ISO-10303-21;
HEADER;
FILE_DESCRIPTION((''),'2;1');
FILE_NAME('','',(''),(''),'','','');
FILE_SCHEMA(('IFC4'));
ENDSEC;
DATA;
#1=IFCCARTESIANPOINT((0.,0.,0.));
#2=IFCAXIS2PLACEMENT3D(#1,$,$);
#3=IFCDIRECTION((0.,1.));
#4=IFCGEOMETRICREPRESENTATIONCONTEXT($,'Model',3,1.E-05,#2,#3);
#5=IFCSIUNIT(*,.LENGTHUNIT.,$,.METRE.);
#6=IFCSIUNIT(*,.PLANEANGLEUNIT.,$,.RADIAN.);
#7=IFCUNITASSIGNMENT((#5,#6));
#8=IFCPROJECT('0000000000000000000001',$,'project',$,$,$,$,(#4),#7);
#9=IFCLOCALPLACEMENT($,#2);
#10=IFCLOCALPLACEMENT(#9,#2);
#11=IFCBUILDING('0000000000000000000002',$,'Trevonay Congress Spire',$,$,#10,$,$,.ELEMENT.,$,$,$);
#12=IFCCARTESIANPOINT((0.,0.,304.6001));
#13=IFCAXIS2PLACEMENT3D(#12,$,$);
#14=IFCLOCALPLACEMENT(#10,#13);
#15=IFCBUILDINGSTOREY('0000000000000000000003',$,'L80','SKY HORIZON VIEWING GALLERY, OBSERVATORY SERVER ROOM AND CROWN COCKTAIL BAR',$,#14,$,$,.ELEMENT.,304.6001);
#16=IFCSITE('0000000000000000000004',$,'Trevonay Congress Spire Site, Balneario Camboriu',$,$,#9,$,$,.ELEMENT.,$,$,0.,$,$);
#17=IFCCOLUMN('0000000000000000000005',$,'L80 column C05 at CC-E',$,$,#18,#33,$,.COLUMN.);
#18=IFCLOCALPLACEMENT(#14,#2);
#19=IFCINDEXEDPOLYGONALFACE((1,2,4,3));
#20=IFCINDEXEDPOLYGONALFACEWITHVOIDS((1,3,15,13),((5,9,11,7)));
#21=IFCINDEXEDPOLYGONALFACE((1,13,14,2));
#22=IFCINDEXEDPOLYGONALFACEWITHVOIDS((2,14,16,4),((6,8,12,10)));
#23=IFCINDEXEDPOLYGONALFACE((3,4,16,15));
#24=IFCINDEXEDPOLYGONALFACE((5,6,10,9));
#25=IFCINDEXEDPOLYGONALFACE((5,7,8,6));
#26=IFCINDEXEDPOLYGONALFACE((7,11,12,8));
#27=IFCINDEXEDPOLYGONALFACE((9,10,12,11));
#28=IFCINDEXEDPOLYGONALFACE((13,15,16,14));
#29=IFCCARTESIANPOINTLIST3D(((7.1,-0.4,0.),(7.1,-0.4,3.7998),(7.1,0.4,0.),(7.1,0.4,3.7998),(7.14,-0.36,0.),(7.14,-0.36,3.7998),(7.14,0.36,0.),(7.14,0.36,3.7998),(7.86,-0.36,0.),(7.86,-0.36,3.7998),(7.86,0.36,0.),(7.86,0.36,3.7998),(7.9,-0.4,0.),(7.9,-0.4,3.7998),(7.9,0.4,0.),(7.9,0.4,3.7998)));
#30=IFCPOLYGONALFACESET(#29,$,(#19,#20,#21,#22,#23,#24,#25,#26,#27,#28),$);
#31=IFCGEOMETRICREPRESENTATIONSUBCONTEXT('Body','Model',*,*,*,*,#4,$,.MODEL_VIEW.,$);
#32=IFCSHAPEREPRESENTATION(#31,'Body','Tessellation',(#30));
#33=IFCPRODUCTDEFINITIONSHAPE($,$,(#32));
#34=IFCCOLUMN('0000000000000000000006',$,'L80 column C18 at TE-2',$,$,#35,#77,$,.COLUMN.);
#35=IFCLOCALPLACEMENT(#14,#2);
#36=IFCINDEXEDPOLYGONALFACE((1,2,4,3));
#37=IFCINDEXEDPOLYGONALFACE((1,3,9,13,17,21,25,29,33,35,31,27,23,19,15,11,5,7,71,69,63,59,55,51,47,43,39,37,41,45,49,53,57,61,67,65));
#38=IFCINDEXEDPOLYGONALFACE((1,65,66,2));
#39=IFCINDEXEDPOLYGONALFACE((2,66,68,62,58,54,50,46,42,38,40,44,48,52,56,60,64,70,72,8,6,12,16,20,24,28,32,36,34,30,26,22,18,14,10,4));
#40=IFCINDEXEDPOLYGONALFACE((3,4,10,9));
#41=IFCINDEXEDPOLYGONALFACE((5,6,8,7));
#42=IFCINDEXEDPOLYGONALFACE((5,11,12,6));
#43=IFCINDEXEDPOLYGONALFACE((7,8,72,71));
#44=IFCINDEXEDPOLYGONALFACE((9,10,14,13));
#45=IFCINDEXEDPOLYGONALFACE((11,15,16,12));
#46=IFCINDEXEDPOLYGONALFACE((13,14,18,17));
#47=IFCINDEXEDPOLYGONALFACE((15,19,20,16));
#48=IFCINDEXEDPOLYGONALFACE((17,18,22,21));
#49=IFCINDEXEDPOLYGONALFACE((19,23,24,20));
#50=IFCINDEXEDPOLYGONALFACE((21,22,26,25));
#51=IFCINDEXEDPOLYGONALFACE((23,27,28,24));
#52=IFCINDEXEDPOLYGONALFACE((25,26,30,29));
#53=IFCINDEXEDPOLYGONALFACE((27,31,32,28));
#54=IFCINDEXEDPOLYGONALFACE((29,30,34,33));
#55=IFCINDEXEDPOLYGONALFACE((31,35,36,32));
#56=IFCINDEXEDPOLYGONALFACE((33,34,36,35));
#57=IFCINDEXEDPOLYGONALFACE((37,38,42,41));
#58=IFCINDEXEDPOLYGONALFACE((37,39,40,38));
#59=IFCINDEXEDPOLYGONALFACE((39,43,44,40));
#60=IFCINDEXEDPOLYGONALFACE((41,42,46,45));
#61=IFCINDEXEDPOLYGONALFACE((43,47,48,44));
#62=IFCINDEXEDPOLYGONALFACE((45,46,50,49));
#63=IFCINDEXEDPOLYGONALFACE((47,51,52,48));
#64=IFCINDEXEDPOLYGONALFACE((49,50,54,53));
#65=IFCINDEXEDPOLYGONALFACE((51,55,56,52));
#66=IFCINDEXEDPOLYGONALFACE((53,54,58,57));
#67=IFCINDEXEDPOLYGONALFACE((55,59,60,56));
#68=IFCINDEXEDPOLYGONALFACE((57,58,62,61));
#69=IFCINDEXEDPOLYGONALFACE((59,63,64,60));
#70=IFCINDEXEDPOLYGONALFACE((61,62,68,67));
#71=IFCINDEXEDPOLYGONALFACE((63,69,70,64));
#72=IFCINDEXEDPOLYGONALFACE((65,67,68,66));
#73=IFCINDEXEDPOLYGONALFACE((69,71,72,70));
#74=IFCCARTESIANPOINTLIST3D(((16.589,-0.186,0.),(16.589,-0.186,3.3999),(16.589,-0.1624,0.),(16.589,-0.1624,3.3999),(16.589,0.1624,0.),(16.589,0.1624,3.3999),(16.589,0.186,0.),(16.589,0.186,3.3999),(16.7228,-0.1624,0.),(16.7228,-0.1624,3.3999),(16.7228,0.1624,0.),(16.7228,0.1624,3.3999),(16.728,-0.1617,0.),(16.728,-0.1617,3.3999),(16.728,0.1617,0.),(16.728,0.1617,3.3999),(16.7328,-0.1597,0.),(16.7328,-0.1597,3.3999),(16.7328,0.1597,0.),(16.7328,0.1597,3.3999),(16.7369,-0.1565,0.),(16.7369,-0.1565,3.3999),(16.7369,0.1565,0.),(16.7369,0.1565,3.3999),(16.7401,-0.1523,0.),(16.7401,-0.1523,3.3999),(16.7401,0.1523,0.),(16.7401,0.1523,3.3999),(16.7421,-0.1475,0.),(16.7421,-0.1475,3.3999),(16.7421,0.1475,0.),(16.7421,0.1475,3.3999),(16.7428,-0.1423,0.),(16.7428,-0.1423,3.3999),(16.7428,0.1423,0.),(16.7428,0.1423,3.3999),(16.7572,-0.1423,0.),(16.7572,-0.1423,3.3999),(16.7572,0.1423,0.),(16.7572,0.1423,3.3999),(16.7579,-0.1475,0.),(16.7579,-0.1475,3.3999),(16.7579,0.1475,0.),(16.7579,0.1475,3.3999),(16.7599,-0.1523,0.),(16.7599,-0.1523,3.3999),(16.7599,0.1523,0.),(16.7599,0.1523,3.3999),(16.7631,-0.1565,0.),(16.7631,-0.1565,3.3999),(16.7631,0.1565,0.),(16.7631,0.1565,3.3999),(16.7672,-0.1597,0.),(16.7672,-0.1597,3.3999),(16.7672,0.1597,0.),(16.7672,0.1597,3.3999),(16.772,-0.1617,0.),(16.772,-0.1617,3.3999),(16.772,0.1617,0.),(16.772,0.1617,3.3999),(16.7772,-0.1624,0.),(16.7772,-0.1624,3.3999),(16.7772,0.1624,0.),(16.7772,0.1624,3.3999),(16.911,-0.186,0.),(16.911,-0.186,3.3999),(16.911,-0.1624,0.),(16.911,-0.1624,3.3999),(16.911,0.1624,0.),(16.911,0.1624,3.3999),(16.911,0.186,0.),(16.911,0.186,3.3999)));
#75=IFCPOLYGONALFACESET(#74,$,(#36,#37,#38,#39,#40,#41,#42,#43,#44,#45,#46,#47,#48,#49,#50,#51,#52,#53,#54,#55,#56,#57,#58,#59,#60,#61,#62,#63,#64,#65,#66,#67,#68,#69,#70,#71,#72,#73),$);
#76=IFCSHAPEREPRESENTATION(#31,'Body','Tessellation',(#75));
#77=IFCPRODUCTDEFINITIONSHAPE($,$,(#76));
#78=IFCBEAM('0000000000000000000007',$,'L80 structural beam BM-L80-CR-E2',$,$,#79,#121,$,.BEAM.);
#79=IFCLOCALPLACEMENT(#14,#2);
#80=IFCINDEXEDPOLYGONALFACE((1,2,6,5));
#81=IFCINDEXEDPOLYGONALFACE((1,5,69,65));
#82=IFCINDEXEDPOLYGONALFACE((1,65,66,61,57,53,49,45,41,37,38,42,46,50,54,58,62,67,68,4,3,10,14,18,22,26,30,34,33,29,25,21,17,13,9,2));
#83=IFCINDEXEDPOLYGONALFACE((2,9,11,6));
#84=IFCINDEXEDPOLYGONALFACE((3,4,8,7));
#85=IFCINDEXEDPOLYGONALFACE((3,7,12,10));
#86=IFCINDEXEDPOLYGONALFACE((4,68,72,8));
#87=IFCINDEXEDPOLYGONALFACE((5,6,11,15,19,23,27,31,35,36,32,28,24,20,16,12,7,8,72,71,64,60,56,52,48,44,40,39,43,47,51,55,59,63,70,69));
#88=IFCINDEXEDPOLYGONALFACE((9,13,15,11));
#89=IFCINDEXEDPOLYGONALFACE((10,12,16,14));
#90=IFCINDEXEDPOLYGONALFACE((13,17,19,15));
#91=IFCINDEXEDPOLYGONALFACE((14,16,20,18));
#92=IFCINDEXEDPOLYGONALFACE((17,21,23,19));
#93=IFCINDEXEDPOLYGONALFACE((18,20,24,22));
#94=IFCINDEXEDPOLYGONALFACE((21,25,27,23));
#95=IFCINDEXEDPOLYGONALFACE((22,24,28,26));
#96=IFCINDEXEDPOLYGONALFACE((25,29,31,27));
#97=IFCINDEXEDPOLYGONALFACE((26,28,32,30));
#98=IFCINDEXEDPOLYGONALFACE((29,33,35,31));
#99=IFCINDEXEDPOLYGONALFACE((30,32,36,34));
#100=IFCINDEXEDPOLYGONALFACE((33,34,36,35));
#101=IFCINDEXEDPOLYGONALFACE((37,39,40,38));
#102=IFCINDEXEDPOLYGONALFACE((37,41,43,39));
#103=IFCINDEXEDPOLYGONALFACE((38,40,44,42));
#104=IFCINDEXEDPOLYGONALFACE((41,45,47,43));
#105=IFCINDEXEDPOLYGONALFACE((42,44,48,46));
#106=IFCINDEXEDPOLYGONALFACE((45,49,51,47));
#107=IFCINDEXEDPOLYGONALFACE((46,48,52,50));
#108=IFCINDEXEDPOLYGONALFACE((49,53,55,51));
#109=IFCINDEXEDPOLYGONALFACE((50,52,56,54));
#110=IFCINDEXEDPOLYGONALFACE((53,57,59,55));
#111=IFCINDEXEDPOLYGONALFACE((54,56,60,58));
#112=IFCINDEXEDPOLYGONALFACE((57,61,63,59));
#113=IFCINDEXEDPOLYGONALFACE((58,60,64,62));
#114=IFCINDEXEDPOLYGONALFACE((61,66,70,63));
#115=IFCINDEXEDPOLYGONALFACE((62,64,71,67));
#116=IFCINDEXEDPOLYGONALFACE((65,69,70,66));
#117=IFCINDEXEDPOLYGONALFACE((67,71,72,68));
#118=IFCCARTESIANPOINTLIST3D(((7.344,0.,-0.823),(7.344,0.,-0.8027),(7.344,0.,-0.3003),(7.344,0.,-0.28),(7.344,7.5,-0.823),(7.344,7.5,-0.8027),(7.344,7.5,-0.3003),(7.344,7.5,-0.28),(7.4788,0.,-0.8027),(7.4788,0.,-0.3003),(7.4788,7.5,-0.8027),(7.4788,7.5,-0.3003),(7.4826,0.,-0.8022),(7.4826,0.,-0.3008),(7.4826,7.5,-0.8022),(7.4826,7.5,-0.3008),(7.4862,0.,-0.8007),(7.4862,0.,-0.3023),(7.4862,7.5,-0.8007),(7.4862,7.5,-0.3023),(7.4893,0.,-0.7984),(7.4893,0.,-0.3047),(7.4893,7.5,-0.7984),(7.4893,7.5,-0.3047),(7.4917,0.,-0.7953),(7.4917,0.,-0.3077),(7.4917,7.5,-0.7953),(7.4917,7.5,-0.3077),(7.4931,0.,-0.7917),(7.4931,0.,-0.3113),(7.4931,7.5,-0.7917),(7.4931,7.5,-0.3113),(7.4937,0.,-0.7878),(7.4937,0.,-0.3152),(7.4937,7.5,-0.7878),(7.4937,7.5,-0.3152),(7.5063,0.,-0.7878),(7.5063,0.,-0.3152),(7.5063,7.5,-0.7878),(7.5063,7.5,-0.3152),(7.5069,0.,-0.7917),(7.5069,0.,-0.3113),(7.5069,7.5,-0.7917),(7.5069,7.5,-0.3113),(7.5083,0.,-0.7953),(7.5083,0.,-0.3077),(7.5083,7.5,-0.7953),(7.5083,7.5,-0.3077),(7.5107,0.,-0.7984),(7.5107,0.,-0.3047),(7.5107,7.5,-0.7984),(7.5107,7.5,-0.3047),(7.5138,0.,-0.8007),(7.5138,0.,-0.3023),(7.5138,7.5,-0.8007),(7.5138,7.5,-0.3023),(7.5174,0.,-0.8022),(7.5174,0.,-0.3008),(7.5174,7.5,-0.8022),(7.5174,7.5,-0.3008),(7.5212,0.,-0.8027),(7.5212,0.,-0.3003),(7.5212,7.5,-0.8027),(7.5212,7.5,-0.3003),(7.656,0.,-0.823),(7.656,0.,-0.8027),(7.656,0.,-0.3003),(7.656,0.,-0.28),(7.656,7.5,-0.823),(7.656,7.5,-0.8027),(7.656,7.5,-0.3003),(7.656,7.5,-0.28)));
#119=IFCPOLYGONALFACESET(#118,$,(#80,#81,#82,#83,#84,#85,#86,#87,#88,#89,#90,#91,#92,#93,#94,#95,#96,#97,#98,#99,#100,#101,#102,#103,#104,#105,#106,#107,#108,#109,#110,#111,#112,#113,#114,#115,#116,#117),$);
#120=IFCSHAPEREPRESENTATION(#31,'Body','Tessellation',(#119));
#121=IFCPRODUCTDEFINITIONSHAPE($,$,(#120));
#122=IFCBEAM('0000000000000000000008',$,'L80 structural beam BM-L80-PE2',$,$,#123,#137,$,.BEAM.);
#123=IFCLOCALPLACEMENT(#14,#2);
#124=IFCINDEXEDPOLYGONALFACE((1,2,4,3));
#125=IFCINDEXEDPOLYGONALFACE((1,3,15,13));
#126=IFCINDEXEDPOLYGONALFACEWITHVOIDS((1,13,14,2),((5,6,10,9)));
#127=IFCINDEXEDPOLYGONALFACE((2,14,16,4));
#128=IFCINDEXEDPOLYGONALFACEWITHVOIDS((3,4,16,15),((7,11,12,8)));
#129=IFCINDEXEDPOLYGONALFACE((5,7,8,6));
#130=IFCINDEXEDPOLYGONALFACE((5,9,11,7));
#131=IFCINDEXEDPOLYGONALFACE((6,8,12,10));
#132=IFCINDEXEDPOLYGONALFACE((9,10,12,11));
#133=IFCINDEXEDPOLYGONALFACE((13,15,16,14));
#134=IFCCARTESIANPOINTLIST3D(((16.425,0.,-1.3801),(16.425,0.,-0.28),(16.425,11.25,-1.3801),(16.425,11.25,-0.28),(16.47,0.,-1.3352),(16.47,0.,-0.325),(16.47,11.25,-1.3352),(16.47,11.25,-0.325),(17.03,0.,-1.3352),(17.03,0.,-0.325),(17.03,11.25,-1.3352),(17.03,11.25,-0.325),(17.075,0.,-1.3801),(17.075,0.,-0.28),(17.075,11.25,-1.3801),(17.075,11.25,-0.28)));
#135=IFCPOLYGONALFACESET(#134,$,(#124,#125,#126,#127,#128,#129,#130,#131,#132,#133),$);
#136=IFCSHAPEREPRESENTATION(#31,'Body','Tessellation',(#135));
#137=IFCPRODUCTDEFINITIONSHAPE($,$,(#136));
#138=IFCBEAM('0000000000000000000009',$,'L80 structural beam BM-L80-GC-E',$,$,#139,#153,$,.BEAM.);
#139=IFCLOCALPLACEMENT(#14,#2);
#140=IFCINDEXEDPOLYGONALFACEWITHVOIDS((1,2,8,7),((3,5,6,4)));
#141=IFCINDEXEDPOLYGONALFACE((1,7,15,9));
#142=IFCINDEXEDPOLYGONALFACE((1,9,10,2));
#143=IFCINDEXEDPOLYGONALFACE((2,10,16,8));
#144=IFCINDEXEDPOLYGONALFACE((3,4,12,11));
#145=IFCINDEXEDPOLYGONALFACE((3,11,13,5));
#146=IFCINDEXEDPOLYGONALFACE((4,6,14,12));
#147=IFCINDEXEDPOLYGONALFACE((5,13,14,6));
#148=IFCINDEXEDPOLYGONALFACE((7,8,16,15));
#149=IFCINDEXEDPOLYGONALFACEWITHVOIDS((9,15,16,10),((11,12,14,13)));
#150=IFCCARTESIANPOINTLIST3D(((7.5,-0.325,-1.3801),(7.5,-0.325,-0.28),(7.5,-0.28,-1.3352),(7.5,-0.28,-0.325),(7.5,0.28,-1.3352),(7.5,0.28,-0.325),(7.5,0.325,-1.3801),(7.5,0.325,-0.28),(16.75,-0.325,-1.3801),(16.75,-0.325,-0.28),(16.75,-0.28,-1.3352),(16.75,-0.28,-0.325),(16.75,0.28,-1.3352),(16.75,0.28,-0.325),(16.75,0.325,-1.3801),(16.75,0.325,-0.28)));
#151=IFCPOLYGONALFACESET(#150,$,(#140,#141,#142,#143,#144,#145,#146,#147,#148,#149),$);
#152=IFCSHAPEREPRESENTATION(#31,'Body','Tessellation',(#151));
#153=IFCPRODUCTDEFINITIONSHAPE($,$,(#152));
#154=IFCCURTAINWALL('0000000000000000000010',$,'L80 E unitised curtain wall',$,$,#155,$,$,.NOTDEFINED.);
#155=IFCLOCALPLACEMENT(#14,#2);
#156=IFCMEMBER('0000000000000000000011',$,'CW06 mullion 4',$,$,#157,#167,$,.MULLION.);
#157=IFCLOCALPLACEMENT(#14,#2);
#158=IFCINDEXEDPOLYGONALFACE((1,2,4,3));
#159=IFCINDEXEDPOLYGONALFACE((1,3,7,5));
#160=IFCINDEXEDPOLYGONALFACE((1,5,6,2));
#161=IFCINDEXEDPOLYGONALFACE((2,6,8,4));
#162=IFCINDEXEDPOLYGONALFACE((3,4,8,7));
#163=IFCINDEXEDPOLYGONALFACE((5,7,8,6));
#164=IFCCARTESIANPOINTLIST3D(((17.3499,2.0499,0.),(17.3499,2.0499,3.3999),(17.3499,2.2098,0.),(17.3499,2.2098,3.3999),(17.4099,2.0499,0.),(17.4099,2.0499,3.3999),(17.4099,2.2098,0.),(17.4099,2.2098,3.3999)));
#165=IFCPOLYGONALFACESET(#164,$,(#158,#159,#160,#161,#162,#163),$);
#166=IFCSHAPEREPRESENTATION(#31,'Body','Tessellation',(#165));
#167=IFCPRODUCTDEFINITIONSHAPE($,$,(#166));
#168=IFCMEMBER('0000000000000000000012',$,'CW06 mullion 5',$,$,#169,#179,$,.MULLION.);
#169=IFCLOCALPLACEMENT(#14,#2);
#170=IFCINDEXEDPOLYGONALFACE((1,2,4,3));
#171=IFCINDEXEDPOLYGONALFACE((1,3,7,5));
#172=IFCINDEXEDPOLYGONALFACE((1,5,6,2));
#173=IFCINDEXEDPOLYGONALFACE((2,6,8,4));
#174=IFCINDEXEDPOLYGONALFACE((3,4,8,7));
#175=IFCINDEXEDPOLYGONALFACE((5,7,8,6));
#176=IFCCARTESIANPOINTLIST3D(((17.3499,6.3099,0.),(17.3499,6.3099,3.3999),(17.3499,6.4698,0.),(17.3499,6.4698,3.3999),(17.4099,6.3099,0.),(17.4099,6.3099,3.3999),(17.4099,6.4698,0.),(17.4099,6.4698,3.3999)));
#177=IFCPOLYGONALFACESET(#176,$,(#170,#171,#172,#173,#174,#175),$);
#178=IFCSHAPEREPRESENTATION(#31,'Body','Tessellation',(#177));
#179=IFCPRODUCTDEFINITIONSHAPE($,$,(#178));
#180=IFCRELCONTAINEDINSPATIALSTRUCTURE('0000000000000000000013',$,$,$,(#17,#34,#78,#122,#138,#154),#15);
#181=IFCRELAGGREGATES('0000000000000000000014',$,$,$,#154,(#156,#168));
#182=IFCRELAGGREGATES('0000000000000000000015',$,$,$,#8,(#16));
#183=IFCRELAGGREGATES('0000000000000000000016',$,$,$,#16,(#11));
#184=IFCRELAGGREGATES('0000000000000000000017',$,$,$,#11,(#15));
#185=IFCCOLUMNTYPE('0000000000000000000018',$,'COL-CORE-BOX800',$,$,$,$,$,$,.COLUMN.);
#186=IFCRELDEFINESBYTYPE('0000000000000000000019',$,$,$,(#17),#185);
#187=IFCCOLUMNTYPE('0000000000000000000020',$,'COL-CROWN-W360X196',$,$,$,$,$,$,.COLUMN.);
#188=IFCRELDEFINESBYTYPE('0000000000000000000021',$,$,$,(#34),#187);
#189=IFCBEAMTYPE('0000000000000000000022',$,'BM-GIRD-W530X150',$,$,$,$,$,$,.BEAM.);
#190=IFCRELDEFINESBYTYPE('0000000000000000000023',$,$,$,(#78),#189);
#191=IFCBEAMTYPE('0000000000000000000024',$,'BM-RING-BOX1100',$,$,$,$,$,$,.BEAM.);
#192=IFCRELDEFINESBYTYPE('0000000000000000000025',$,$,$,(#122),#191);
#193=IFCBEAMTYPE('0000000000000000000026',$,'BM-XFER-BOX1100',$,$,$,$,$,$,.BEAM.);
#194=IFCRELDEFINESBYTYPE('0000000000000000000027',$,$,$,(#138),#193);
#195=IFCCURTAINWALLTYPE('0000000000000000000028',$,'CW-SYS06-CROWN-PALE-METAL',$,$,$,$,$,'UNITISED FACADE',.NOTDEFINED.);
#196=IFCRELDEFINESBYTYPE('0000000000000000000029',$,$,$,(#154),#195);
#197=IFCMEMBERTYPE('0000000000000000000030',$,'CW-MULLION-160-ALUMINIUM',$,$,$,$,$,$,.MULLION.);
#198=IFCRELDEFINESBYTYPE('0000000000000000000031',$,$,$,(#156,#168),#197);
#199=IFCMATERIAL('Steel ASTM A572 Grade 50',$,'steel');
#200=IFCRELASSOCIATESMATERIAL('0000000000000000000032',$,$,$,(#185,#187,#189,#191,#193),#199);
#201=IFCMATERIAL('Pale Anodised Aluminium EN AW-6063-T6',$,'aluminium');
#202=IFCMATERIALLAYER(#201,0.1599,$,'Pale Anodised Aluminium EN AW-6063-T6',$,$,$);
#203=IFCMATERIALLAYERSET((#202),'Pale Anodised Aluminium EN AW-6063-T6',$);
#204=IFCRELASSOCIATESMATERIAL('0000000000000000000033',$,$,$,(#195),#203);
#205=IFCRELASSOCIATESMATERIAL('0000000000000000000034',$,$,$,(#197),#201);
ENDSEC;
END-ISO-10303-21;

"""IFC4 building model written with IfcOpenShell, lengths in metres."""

from ifc_helpers import new_model, si_unit, direction, frame, origin, origin_2d, place, context, subcontext, project, spatial, rectangle, hollow_rectangle, i_section, extrude, material, layer, layer_set, material_profile, profile_set, type_object, element, aggregate, save


model = new_model("IFC4")

# Units and contexts
model_context = context("Model", 3, precision=1e-05, world=origin(), true_north=direction((0.0, 1.0)))
body_context = subcontext(model_context, "Body", "Model", "MODEL_VIEW")
ifc_project = project(units=[si_unit("LENGTHUNIT", "METRE"), si_unit("PLANEANGLEUNIT", "RADIAN")], contexts=[model_context])

# Site, building, storey
site_placement = place(None, origin())
site = spatial("IfcSite", under=ifc_project, at=site_placement, Name="Trevonay Congress Spire Site, Balneario Camboriu", CompositionType="ELEMENT", RefElevation=0.0)
building_placement = place(site_placement, origin())
building = spatial("IfcBuilding", under=site, at=building_placement, Name="Trevonay Congress Spire", CompositionType="ELEMENT")
storey_placement = place(building_placement, frame((0.0, 0.0, 304.6001)))
storey = spatial("IfcBuildingStorey", under=building, at=storey_placement, Name="L80", Description="SKY HORIZON VIEWING GALLERY, OBSERVATORY SERVER ROOM AND CROWN COCKTAIL BAR", CompositionType="ELEMENT", Elevation=304.6001)

# Columns
ifc_material_1 = material(Name="Steel ASTM A572 Grade 50", Category="steel")
ifc_material_profile_1 = material_profile(ifc_material_1, hollow_rectangle(XDim=0.8, YDim=0.8, WallThickness=0.04, at=origin_2d()), Name="BOX 800x800x40")
ifc_profile_set_1 = profile_set([ifc_material_profile_1], Name="Steel ASTM A572 Grade 50")
column_type_1 = type_object("IfcColumnType", Name="COL-CORE-BOX800", PredefinedType="COLUMN", material=ifc_profile_set_1)
column_1_placement = place(storey_placement, frame((7.5, 0.0, 0.0), z_axis=(0.0, 0.0, 1.0), x_axis=(1.0, 0.0, 0.0)))
element("IfcColumn", 1, at=column_1_placement, inside=storey, type_object=column_type_1, Name="L80 column C05 at CC-E", PredefinedType="COLUMN", context=body_context, shape_type="SweptSolid", body=[
    extrude(hollow_rectangle(XDim=0.8, YDim=0.8, WallThickness=0.04, at=origin_2d()), origin(), (0.0, 0.0, 1.0), 3.7998),
])
ifc_material_profile_2 = material_profile(ifc_material_1, i_section(OverallWidth=0.322, OverallDepth=0.3721, WebThickness=0.0144, FlangeThickness=0.0237, FilletRadius=0.02, at=origin_2d()), Name="W360x196")
ifc_profile_set_2 = profile_set([ifc_material_profile_2], Name="Steel ASTM A572 Grade 50")
column_type_2 = type_object("IfcColumnType", Name="COL-CROWN-W360X196", PredefinedType="COLUMN", material=ifc_profile_set_2)
column_2_placement = place(storey_placement, frame((16.75, 0.0, 0.0), z_axis=(0.0, 0.0, 1.0), x_axis=(1.0, 0.0, 0.0)))
element("IfcColumn", 2, at=column_2_placement, inside=storey, type_object=column_type_2, Name="L80 column C18 at TE-2", PredefinedType="COLUMN", context=body_context, shape_type="SweptSolid", body=[
    extrude(i_section(OverallWidth=0.322, OverallDepth=0.3721, WebThickness=0.0144, FlangeThickness=0.0237, FilletRadius=0.02, at=origin_2d()), origin(), (0.0, 0.0, 1.0), 3.3999),
])

# Beams
ifc_material_profile_3 = material_profile(ifc_material_1, i_section(OverallWidth=0.312, OverallDepth=0.543, WebThickness=0.0127, FlangeThickness=0.0203, FilletRadius=0.0149, at=origin_2d()), Name="W530x150")
ifc_profile_set_3 = profile_set([ifc_material_profile_3], Name="Steel ASTM A572 Grade 50")
beam_type_1 = type_object("IfcBeamType", Name="BM-GIRD-W530X150", PredefinedType="BEAM", material=ifc_profile_set_3)
beam_1_placement = place(storey_placement, frame((7.5, 0.0, -0.5515), z_axis=(0.0, 1.0, 0.0), x_axis=(-1.0, 0.0, 0.0)))
element("IfcBeam", 3, at=beam_1_placement, inside=storey, type_object=beam_type_1, Name="L80 structural beam BM-L80-CR-E2", PredefinedType="BEAM", context=body_context, shape_type="SweptSolid", body=[
    extrude(i_section(OverallWidth=0.312, OverallDepth=0.543, WebThickness=0.0127, FlangeThickness=0.0203, FilletRadius=0.0149, at=origin_2d()), origin(), (0.0, 0.0, 1.0), 7.5),
])
ifc_material_profile_4 = material_profile(ifc_material_1, hollow_rectangle(XDim=0.6499, YDim=1.1001, WallThickness=0.0449, at=origin_2d()), Name="BOX 1100x650x45")
ifc_profile_set_4 = profile_set([ifc_material_profile_4], Name="Steel ASTM A572 Grade 50")
beam_type_2 = type_object("IfcBeamType", Name="BM-RING-BOX1100", PredefinedType="BEAM", material=ifc_profile_set_4)
beam_2_placement = place(storey_placement, frame((16.75, 0.0, -0.8301), z_axis=(0.0, 1.0, 0.0), x_axis=(-1.0, 0.0, 0.0)))
element("IfcBeam", 4, at=beam_2_placement, inside=storey, type_object=beam_type_2, Name="L80 structural beam BM-L80-PE2", PredefinedType="BEAM", context=body_context, shape_type="SweptSolid", body=[
    extrude(hollow_rectangle(XDim=0.6499, YDim=1.1001, WallThickness=0.0449, at=origin_2d()), origin(), (0.0, 0.0, 1.0), 11.25),
])
ifc_material_profile_5 = material_profile(ifc_material_1, hollow_rectangle(XDim=0.6499, YDim=1.1001, WallThickness=0.0449, at=origin_2d()), Name="BOX 1100x650x45")
ifc_profile_set_5 = profile_set([ifc_material_profile_5], Name="Steel ASTM A572 Grade 50")
beam_type_3 = type_object("IfcBeamType", Name="BM-XFER-BOX1100", PredefinedType="BEAM", material=ifc_profile_set_5)
beam_3_placement = place(storey_placement, frame((7.5, 0.0, -0.8301), z_axis=(1.0, 0.0, 0.0), x_axis=(0.0, 1.0, 0.0)))
element("IfcBeam", 5, at=beam_3_placement, inside=storey, type_object=beam_type_3, Name="L80 structural beam BM-L80-GC-E", PredefinedType="BEAM", context=body_context, shape_type="SweptSolid", body=[
    extrude(hollow_rectangle(XDim=0.6499, YDim=1.1001, WallThickness=0.0449, at=origin_2d()), origin(), (0.0, 0.0, 1.0), 9.25),
])

# Curtain wall, members
ifc_material_2 = material(Name="Pale Anodised Aluminium EN AW-6063-T6", Category="aluminium")
ifc_layer_1 = layer(ifc_material_2, 0.1599, Name="Pale Anodised Aluminium EN AW-6063-T6")
ifc_layer_set_1 = layer_set([ifc_layer_1], Name="Pale Anodised Aluminium EN AW-6063-T6")
curtain_wall_type = type_object("IfcCurtainWallType", Name="CW-SYS06-CROWN-PALE-METAL", ElementType="UNITISED FACADE", PredefinedType="NOTDEFINED", material=ifc_layer_set_1)
curtain_wall_placement = place(storey_placement, origin())
curtain_wall = element("IfcCurtainWall", 6, at=curtain_wall_placement, inside=storey, type_object=curtain_wall_type, Name="L80 E unitised curtain wall", PredefinedType="NOTDEFINED")
ifc_material_profile_6 = material_profile(ifc_material_2, rectangle(XDim=0.0601, YDim=0.1599, at=origin_2d()), Name="CW-MULLION-160-ALUMINIUM")
ifc_profile_set_6 = profile_set([ifc_material_profile_6], Name="Pale Anodised Aluminium EN AW-6063-T6")
member_type_1 = type_object("IfcMemberType", Name="CW-MULLION-160-ALUMINIUM", PredefinedType="MULLION", material=ifc_profile_set_6)
member_1_placement = place(storey_placement, frame((17.3799, 2.1299, 0.0), z_axis=(0.0, 0.0, 1.0), x_axis=(-1.0, 0.0, 0.0)))
member_1 = element("IfcMember", 7, at=member_1_placement, type_object=member_type_1, Name="CW06 mullion 4", PredefinedType="MULLION", context=body_context, shape_type="SweptSolid", body=[
    extrude(rectangle(XDim=0.0601, YDim=0.1599, at=origin_2d()), origin(), (0.0, 0.0, 1.0), 3.3999),
])
member_2_placement = place(storey_placement, frame((17.3799, 6.3899, 0.0), z_axis=(0.0, 0.0, 1.0), x_axis=(-1.0, 0.0, 0.0)))
member_2 = element("IfcMember", 8, at=member_2_placement, type_object=member_type_1, Name="CW06 mullion 5", PredefinedType="MULLION", context=body_context, shape_type="SweptSolid", body=[
    extrude(rectangle(XDim=0.0601, YDim=0.1599, at=origin_2d()), origin(), (0.0, 0.0, 1.0), 3.3999),
])
aggregate(curtain_wall, [member_1, member_2])

save(model, "model.ifc")
